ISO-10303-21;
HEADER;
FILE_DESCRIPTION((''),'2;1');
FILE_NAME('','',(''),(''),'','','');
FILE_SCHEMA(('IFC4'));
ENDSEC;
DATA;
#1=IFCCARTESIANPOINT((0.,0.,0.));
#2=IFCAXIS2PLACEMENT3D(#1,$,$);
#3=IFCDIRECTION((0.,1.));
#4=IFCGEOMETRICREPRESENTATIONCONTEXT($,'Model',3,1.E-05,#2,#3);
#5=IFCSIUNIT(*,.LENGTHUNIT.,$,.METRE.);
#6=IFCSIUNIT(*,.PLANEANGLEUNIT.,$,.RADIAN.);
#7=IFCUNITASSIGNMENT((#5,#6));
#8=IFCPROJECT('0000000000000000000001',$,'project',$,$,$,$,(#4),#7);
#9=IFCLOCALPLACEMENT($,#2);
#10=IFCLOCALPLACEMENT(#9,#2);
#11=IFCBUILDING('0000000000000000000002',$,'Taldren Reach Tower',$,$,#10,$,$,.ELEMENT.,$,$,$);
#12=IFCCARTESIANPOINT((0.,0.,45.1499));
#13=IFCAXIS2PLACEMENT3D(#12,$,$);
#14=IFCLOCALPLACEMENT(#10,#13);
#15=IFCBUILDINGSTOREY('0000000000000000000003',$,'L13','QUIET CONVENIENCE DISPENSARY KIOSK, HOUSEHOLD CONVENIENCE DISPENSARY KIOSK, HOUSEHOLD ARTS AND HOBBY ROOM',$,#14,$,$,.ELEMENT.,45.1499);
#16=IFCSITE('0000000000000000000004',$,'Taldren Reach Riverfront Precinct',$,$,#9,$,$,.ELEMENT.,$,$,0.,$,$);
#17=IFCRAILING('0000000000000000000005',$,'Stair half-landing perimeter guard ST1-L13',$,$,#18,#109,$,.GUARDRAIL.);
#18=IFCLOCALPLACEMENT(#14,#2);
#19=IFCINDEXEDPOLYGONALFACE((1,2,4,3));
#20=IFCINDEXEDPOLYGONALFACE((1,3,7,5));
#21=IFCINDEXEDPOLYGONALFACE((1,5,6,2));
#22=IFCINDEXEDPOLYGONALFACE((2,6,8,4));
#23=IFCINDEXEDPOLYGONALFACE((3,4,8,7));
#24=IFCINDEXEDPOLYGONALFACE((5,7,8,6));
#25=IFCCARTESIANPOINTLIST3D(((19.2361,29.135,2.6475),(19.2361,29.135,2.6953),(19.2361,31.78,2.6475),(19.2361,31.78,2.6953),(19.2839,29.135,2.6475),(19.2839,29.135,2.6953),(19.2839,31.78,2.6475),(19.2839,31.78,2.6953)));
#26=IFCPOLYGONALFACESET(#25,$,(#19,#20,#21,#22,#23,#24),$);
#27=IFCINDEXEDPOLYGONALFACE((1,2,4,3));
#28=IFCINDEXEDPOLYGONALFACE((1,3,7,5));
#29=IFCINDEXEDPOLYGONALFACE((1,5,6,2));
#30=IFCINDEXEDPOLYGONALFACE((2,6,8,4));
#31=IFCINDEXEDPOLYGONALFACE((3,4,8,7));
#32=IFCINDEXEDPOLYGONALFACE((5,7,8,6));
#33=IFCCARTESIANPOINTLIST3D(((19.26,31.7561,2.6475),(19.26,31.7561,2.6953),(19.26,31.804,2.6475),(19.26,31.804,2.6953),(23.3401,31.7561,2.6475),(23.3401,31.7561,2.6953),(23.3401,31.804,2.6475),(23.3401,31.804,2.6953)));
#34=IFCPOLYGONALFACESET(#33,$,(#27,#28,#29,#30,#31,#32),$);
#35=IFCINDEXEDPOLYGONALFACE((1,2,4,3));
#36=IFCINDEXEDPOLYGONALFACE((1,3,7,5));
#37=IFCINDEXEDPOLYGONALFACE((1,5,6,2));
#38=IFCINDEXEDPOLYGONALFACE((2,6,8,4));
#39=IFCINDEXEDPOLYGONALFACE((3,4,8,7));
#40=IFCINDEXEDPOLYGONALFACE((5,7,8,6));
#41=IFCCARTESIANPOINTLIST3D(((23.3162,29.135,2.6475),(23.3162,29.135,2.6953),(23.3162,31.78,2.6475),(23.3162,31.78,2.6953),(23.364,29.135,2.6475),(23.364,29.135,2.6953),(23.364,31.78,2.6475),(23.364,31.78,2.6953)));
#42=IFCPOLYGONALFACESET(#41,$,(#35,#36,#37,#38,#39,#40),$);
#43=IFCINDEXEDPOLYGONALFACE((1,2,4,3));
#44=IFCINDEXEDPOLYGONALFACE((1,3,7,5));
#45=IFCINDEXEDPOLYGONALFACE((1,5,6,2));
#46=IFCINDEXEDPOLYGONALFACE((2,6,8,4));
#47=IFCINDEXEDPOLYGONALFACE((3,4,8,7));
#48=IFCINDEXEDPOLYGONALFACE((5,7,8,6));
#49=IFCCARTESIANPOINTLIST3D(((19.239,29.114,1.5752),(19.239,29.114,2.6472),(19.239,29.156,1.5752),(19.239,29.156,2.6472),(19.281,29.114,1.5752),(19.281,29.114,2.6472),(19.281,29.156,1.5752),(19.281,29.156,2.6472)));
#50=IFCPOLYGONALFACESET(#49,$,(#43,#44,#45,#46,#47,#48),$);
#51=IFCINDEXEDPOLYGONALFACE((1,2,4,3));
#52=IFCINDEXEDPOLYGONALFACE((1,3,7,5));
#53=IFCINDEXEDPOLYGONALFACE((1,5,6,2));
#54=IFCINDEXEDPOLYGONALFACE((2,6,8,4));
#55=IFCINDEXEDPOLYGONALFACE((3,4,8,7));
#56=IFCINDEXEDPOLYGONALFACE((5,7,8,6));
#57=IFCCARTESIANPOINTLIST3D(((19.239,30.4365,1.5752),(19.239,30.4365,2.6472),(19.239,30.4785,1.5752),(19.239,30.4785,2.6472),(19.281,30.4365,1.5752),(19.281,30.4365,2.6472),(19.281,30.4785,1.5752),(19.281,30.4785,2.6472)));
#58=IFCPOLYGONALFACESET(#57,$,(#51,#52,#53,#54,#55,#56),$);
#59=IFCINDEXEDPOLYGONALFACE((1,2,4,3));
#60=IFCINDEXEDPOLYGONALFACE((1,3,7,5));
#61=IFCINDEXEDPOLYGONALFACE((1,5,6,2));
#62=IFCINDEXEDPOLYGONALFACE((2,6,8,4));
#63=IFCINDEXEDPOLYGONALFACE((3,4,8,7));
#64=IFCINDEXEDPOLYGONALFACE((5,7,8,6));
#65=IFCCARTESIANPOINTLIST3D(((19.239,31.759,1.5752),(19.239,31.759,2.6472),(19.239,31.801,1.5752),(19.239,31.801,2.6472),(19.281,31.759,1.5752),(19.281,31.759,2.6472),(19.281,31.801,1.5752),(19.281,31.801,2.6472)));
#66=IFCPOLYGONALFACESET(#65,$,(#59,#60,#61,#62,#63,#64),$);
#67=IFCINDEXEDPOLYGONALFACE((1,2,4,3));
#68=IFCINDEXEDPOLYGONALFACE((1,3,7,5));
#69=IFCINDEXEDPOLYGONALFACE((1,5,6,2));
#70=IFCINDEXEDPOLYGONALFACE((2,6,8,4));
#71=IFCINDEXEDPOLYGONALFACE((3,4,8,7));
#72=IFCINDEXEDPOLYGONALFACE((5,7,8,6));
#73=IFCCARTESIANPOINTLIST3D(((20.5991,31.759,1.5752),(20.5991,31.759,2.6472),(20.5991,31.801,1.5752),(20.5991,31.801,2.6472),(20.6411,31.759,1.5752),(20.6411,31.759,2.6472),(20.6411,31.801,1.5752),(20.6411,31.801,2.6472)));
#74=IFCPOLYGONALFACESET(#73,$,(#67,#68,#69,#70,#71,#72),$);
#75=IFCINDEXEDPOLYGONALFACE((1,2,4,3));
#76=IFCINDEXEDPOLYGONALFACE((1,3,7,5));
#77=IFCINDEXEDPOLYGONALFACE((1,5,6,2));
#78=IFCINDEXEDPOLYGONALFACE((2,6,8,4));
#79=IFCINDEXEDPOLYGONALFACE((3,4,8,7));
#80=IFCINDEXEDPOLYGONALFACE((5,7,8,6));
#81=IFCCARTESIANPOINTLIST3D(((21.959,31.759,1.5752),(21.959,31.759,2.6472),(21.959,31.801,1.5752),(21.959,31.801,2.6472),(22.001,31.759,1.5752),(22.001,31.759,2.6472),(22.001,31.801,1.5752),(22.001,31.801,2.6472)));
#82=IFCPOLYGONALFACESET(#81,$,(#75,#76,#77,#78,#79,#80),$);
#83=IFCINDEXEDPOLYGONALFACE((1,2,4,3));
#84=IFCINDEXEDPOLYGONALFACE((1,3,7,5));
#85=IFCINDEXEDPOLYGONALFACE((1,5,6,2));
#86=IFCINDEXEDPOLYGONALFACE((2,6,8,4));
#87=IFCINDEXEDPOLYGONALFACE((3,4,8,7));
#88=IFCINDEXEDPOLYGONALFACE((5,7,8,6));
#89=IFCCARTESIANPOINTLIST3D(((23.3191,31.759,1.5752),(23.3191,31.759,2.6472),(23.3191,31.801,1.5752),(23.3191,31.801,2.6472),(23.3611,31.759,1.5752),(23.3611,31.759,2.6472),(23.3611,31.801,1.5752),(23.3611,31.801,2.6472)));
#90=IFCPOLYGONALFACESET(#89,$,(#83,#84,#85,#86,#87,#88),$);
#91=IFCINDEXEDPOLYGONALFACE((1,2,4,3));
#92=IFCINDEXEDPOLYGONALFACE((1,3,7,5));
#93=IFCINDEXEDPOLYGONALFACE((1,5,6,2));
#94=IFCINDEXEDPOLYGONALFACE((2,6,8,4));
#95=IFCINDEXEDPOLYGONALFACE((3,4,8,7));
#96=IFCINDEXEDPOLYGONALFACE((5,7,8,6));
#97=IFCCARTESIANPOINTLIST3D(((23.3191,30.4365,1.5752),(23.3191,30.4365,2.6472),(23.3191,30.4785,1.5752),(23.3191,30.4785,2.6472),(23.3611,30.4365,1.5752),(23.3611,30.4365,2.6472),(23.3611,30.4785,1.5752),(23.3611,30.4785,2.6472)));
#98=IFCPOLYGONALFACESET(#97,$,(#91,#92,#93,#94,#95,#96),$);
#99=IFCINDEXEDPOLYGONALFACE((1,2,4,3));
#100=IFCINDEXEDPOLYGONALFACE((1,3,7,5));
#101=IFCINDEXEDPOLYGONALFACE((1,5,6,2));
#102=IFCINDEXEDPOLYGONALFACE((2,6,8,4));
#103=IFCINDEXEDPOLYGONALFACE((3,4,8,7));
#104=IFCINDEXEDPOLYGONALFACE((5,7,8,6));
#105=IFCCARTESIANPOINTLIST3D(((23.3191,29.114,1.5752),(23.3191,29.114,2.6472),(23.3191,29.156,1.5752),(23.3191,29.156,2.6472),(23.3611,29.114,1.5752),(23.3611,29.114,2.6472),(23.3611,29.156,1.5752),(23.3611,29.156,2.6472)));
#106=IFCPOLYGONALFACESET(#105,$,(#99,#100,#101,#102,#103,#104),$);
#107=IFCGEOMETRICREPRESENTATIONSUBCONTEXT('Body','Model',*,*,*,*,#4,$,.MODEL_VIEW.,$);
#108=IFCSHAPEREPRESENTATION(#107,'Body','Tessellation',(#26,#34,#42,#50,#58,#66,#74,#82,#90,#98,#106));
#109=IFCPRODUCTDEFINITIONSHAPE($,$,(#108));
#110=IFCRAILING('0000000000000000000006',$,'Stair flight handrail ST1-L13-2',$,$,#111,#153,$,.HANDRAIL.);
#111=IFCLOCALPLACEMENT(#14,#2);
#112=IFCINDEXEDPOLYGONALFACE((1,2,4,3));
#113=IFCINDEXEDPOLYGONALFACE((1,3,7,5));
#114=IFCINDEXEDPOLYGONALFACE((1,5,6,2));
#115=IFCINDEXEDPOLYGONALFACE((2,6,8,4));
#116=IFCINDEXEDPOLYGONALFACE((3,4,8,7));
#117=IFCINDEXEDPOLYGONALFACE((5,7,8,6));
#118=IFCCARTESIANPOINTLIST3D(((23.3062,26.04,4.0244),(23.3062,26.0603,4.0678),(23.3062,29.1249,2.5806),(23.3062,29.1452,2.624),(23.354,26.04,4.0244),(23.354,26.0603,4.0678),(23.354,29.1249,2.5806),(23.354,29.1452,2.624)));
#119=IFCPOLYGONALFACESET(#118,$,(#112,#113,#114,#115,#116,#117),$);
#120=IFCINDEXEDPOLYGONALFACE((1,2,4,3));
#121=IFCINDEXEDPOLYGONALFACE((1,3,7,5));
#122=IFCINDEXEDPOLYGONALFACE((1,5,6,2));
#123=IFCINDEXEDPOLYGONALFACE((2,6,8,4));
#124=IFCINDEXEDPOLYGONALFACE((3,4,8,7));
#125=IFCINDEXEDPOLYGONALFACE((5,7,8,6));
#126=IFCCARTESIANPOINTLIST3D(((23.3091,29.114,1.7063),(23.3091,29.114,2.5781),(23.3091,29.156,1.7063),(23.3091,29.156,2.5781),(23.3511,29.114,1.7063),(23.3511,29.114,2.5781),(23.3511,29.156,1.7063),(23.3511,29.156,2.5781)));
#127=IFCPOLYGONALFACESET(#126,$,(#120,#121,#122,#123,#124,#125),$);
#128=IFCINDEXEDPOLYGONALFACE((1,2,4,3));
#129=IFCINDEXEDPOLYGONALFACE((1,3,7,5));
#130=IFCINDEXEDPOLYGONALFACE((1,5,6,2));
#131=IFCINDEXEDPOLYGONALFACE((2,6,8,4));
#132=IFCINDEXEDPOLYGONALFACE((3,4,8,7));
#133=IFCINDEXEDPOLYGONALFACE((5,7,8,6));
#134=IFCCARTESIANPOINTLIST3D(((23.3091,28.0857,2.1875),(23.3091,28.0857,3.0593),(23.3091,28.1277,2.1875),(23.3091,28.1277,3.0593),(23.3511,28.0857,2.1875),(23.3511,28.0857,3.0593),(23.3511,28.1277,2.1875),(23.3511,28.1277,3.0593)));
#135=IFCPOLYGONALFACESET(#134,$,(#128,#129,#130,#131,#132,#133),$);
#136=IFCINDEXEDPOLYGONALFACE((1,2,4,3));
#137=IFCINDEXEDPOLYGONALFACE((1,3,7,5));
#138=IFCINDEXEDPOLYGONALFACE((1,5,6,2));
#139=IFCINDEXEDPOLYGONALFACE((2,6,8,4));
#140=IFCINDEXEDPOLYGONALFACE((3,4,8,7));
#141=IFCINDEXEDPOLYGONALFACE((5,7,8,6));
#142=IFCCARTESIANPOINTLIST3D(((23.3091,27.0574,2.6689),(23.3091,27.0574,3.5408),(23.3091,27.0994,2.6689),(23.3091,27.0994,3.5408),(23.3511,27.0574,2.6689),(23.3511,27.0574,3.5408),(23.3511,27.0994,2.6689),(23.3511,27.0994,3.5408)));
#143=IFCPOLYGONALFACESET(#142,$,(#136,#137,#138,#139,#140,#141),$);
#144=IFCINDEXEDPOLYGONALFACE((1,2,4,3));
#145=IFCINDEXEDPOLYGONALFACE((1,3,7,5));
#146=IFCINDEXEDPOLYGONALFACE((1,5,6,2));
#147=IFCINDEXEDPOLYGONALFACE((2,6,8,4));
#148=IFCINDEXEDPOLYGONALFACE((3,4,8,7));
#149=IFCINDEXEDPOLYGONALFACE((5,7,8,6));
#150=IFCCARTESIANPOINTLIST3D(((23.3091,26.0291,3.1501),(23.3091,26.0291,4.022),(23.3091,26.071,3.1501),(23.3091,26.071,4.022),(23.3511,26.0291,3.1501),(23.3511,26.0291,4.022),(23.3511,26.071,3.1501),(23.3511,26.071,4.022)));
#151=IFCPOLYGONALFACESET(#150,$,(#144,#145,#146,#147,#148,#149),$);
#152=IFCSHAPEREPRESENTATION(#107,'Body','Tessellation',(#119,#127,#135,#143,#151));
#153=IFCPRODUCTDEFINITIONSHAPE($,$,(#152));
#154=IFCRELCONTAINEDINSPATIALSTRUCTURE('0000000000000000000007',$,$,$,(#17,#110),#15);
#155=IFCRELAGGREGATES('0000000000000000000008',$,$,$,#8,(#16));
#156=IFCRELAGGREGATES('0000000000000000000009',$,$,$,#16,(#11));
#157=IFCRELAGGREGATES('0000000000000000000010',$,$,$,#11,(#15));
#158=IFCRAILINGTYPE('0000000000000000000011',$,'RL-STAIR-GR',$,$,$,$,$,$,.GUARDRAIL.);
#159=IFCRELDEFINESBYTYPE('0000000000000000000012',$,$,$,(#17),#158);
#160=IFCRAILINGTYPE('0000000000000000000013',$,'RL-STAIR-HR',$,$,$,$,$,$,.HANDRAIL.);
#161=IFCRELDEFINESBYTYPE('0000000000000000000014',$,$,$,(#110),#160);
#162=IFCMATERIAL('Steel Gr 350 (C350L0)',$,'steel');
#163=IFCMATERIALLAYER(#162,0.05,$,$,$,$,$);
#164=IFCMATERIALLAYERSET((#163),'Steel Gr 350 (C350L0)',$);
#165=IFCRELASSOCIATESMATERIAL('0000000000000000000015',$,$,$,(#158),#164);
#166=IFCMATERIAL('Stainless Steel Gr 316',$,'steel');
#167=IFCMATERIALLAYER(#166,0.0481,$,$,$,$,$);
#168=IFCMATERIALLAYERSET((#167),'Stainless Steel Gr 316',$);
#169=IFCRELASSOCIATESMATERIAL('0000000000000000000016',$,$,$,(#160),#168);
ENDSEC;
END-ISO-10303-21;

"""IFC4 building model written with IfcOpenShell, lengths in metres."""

from ifc_helpers import new_model, si_unit, direction, frame, origin, origin_2d, place, context, subcontext, project, spatial, rectangle, extrude, material, layer, layer_set, type_object, element, save


model = new_model("IFC4")

# Units and contexts
model_context = context("Model", 3, precision=1e-05, world=origin(), true_north=direction((0.0, 1.0)))
body_context = subcontext(model_context, "Body", "Model", "MODEL_VIEW")
ifc_project = project(units=[si_unit("LENGTHUNIT", "METRE"), si_unit("PLANEANGLEUNIT", "RADIAN")], contexts=[model_context])

# Site, building, storey
site_placement = place(None, origin())
site = spatial("IfcSite", under=ifc_project, at=site_placement, Name="Taldren Reach Riverfront Precinct", CompositionType="ELEMENT", RefElevation=0.0)
building_placement = place(site_placement, origin())
building = spatial("IfcBuilding", under=site, at=building_placement, Name="Taldren Reach Tower", CompositionType="ELEMENT")
storey_placement = place(building_placement, frame((0.0, 0.0, 45.1499)))
storey = spatial("IfcBuildingStorey", under=building, at=storey_placement, Name="L13", Description="QUIET CONVENIENCE DISPENSARY KIOSK, HOUSEHOLD CONVENIENCE DISPENSARY KIOSK, HOUSEHOLD ARTS AND HOBBY ROOM", CompositionType="ELEMENT", Elevation=45.1499)

# Shared definitions
ifc_material_1 = material(Name="Steel Gr 350 (C350L0)", Category="steel")

# Railings
ifc_layer_1 = layer(ifc_material_1, 0.05)
ifc_layer_set_1 = layer_set([ifc_layer_1], Name="Steel Gr 350 (C350L0)")
railing_type_1 = type_object("IfcRailingType", Name="RL-STAIR-GR", PredefinedType="GUARDRAIL", material=ifc_layer_set_1)
railing_1_placement = place(storey_placement, frame((19.26, 29.135, 1.5752)))
element("IfcRailing", 1, at=railing_1_placement, inside=storey, type_object=railing_type_1, Name="Stair half-landing perimeter guard ST1-L13", PredefinedType="GUARDRAIL", context=body_context, shape_type="SweptSolid", body=[
    extrude(rectangle(XDim=0.0479, YDim=0.0479, at=origin_2d()), frame((0.0, 0.0, 1.0962), z_axis=(0.0, 1.0, 0.0), x_axis=(-1.0, 0.0, 0.0)), (0.0, 0.0, 1.0), 2.645),
    extrude(rectangle(XDim=0.0479, YDim=0.0479, at=origin_2d()), frame((0.0, 2.645, 1.0962), z_axis=(1.0, 0.0, 0.0), x_axis=(0.0, 1.0, 0.0)), (0.0, 0.0, 1.0), 4.0801),
    extrude(rectangle(XDim=0.0479, YDim=0.0479, at=origin_2d()), frame((4.0801, 2.645, 1.0962), z_axis=(0.0, -1.0, 0.0), x_axis=(1.0, 0.0, 0.0)), (0.0, 0.0, 1.0), 2.645),
    extrude(rectangle(XDim=0.042, YDim=0.042, at=origin_2d()), origin(), (0.0, 0.0, 1.0), 1.072),
    extrude(rectangle(XDim=0.042, YDim=0.042, at=origin_2d()), frame((0.0, 1.3225, 0.0)), (0.0, 0.0, 1.0), 1.072),
    extrude(rectangle(XDim=0.042, YDim=0.042, at=origin_2d()), frame((0.0, 2.645, 0.0)), (0.0, 0.0, 1.0), 1.072),
    extrude(rectangle(XDim=0.042, YDim=0.042, at=origin_2d()), frame((1.3601, 2.645, 0.0)), (0.0, 0.0, 1.0), 1.072),
    extrude(rectangle(XDim=0.042, YDim=0.042, at=origin_2d()), frame((2.72, 2.645, 0.0)), (0.0, 0.0, 1.0), 1.072),
    extrude(rectangle(XDim=0.042, YDim=0.042, at=origin_2d()), frame((4.0801, 2.645, 0.0)), (0.0, 0.0, 1.0), 1.072),
    extrude(rectangle(XDim=0.042, YDim=0.042, at=origin_2d()), frame((4.0801, 1.3225, 0.0)), (0.0, 0.0, 1.0), 1.072),
    extrude(rectangle(XDim=0.042, YDim=0.042, at=origin_2d()), frame((4.0801, 0.0, 0.0)), (0.0, 0.0, 1.0), 1.072),
])
ifc_material_2 = material(Name="Stainless Steel Gr 316", Category="steel")
ifc_layer_2 = layer(ifc_material_2, 0.0481)
ifc_layer_set_2 = layer_set([ifc_layer_2], Name="Stainless Steel Gr 316")
railing_type_2 = type_object("IfcRailingType", Name="RL-STAIR-HR", PredefinedType="HANDRAIL", material=ifc_layer_set_2)
railing_2_placement = place(storey_placement, frame((23.3301, 29.135, 1.7063)))
element("IfcRailing", 2, at=railing_2_placement, inside=storey, type_object=railing_type_2, Name="Stair flight handrail ST1-L13-2", PredefinedType="HANDRAIL", context=body_context, shape_type="SweptSolid", body=[
    extrude(rectangle(XDim=0.0479, YDim=0.0479, at=origin_2d()), frame((0.0, 0.0, 0.896), z_axis=(0.0, -0.90571, 0.423898), x_axis=(1.0, 0.0, 0.0)), (0.0, 0.0, 1.0), 3.406),
    extrude(rectangle(XDim=0.042, YDim=0.042, at=origin_2d()), origin(), (0.0, 0.0, 1.0), 0.8718),
    extrude(rectangle(XDim=0.042, YDim=0.042, at=origin_2d()), frame((0.0, -1.0283, 0.4812)), (0.0, 0.0, 1.0), 0.8718),
    extrude(rectangle(XDim=0.042, YDim=0.042, at=origin_2d()), frame((0.0, -2.0566, 0.9626)), (0.0, 0.0, 1.0), 0.8718),
    extrude(rectangle(XDim=0.042, YDim=0.042, at=origin_2d()), frame((0.0, -3.085, 1.4438)), (0.0, 0.0, 1.0), 0.8718),
])

save(model, "model.ifc")
